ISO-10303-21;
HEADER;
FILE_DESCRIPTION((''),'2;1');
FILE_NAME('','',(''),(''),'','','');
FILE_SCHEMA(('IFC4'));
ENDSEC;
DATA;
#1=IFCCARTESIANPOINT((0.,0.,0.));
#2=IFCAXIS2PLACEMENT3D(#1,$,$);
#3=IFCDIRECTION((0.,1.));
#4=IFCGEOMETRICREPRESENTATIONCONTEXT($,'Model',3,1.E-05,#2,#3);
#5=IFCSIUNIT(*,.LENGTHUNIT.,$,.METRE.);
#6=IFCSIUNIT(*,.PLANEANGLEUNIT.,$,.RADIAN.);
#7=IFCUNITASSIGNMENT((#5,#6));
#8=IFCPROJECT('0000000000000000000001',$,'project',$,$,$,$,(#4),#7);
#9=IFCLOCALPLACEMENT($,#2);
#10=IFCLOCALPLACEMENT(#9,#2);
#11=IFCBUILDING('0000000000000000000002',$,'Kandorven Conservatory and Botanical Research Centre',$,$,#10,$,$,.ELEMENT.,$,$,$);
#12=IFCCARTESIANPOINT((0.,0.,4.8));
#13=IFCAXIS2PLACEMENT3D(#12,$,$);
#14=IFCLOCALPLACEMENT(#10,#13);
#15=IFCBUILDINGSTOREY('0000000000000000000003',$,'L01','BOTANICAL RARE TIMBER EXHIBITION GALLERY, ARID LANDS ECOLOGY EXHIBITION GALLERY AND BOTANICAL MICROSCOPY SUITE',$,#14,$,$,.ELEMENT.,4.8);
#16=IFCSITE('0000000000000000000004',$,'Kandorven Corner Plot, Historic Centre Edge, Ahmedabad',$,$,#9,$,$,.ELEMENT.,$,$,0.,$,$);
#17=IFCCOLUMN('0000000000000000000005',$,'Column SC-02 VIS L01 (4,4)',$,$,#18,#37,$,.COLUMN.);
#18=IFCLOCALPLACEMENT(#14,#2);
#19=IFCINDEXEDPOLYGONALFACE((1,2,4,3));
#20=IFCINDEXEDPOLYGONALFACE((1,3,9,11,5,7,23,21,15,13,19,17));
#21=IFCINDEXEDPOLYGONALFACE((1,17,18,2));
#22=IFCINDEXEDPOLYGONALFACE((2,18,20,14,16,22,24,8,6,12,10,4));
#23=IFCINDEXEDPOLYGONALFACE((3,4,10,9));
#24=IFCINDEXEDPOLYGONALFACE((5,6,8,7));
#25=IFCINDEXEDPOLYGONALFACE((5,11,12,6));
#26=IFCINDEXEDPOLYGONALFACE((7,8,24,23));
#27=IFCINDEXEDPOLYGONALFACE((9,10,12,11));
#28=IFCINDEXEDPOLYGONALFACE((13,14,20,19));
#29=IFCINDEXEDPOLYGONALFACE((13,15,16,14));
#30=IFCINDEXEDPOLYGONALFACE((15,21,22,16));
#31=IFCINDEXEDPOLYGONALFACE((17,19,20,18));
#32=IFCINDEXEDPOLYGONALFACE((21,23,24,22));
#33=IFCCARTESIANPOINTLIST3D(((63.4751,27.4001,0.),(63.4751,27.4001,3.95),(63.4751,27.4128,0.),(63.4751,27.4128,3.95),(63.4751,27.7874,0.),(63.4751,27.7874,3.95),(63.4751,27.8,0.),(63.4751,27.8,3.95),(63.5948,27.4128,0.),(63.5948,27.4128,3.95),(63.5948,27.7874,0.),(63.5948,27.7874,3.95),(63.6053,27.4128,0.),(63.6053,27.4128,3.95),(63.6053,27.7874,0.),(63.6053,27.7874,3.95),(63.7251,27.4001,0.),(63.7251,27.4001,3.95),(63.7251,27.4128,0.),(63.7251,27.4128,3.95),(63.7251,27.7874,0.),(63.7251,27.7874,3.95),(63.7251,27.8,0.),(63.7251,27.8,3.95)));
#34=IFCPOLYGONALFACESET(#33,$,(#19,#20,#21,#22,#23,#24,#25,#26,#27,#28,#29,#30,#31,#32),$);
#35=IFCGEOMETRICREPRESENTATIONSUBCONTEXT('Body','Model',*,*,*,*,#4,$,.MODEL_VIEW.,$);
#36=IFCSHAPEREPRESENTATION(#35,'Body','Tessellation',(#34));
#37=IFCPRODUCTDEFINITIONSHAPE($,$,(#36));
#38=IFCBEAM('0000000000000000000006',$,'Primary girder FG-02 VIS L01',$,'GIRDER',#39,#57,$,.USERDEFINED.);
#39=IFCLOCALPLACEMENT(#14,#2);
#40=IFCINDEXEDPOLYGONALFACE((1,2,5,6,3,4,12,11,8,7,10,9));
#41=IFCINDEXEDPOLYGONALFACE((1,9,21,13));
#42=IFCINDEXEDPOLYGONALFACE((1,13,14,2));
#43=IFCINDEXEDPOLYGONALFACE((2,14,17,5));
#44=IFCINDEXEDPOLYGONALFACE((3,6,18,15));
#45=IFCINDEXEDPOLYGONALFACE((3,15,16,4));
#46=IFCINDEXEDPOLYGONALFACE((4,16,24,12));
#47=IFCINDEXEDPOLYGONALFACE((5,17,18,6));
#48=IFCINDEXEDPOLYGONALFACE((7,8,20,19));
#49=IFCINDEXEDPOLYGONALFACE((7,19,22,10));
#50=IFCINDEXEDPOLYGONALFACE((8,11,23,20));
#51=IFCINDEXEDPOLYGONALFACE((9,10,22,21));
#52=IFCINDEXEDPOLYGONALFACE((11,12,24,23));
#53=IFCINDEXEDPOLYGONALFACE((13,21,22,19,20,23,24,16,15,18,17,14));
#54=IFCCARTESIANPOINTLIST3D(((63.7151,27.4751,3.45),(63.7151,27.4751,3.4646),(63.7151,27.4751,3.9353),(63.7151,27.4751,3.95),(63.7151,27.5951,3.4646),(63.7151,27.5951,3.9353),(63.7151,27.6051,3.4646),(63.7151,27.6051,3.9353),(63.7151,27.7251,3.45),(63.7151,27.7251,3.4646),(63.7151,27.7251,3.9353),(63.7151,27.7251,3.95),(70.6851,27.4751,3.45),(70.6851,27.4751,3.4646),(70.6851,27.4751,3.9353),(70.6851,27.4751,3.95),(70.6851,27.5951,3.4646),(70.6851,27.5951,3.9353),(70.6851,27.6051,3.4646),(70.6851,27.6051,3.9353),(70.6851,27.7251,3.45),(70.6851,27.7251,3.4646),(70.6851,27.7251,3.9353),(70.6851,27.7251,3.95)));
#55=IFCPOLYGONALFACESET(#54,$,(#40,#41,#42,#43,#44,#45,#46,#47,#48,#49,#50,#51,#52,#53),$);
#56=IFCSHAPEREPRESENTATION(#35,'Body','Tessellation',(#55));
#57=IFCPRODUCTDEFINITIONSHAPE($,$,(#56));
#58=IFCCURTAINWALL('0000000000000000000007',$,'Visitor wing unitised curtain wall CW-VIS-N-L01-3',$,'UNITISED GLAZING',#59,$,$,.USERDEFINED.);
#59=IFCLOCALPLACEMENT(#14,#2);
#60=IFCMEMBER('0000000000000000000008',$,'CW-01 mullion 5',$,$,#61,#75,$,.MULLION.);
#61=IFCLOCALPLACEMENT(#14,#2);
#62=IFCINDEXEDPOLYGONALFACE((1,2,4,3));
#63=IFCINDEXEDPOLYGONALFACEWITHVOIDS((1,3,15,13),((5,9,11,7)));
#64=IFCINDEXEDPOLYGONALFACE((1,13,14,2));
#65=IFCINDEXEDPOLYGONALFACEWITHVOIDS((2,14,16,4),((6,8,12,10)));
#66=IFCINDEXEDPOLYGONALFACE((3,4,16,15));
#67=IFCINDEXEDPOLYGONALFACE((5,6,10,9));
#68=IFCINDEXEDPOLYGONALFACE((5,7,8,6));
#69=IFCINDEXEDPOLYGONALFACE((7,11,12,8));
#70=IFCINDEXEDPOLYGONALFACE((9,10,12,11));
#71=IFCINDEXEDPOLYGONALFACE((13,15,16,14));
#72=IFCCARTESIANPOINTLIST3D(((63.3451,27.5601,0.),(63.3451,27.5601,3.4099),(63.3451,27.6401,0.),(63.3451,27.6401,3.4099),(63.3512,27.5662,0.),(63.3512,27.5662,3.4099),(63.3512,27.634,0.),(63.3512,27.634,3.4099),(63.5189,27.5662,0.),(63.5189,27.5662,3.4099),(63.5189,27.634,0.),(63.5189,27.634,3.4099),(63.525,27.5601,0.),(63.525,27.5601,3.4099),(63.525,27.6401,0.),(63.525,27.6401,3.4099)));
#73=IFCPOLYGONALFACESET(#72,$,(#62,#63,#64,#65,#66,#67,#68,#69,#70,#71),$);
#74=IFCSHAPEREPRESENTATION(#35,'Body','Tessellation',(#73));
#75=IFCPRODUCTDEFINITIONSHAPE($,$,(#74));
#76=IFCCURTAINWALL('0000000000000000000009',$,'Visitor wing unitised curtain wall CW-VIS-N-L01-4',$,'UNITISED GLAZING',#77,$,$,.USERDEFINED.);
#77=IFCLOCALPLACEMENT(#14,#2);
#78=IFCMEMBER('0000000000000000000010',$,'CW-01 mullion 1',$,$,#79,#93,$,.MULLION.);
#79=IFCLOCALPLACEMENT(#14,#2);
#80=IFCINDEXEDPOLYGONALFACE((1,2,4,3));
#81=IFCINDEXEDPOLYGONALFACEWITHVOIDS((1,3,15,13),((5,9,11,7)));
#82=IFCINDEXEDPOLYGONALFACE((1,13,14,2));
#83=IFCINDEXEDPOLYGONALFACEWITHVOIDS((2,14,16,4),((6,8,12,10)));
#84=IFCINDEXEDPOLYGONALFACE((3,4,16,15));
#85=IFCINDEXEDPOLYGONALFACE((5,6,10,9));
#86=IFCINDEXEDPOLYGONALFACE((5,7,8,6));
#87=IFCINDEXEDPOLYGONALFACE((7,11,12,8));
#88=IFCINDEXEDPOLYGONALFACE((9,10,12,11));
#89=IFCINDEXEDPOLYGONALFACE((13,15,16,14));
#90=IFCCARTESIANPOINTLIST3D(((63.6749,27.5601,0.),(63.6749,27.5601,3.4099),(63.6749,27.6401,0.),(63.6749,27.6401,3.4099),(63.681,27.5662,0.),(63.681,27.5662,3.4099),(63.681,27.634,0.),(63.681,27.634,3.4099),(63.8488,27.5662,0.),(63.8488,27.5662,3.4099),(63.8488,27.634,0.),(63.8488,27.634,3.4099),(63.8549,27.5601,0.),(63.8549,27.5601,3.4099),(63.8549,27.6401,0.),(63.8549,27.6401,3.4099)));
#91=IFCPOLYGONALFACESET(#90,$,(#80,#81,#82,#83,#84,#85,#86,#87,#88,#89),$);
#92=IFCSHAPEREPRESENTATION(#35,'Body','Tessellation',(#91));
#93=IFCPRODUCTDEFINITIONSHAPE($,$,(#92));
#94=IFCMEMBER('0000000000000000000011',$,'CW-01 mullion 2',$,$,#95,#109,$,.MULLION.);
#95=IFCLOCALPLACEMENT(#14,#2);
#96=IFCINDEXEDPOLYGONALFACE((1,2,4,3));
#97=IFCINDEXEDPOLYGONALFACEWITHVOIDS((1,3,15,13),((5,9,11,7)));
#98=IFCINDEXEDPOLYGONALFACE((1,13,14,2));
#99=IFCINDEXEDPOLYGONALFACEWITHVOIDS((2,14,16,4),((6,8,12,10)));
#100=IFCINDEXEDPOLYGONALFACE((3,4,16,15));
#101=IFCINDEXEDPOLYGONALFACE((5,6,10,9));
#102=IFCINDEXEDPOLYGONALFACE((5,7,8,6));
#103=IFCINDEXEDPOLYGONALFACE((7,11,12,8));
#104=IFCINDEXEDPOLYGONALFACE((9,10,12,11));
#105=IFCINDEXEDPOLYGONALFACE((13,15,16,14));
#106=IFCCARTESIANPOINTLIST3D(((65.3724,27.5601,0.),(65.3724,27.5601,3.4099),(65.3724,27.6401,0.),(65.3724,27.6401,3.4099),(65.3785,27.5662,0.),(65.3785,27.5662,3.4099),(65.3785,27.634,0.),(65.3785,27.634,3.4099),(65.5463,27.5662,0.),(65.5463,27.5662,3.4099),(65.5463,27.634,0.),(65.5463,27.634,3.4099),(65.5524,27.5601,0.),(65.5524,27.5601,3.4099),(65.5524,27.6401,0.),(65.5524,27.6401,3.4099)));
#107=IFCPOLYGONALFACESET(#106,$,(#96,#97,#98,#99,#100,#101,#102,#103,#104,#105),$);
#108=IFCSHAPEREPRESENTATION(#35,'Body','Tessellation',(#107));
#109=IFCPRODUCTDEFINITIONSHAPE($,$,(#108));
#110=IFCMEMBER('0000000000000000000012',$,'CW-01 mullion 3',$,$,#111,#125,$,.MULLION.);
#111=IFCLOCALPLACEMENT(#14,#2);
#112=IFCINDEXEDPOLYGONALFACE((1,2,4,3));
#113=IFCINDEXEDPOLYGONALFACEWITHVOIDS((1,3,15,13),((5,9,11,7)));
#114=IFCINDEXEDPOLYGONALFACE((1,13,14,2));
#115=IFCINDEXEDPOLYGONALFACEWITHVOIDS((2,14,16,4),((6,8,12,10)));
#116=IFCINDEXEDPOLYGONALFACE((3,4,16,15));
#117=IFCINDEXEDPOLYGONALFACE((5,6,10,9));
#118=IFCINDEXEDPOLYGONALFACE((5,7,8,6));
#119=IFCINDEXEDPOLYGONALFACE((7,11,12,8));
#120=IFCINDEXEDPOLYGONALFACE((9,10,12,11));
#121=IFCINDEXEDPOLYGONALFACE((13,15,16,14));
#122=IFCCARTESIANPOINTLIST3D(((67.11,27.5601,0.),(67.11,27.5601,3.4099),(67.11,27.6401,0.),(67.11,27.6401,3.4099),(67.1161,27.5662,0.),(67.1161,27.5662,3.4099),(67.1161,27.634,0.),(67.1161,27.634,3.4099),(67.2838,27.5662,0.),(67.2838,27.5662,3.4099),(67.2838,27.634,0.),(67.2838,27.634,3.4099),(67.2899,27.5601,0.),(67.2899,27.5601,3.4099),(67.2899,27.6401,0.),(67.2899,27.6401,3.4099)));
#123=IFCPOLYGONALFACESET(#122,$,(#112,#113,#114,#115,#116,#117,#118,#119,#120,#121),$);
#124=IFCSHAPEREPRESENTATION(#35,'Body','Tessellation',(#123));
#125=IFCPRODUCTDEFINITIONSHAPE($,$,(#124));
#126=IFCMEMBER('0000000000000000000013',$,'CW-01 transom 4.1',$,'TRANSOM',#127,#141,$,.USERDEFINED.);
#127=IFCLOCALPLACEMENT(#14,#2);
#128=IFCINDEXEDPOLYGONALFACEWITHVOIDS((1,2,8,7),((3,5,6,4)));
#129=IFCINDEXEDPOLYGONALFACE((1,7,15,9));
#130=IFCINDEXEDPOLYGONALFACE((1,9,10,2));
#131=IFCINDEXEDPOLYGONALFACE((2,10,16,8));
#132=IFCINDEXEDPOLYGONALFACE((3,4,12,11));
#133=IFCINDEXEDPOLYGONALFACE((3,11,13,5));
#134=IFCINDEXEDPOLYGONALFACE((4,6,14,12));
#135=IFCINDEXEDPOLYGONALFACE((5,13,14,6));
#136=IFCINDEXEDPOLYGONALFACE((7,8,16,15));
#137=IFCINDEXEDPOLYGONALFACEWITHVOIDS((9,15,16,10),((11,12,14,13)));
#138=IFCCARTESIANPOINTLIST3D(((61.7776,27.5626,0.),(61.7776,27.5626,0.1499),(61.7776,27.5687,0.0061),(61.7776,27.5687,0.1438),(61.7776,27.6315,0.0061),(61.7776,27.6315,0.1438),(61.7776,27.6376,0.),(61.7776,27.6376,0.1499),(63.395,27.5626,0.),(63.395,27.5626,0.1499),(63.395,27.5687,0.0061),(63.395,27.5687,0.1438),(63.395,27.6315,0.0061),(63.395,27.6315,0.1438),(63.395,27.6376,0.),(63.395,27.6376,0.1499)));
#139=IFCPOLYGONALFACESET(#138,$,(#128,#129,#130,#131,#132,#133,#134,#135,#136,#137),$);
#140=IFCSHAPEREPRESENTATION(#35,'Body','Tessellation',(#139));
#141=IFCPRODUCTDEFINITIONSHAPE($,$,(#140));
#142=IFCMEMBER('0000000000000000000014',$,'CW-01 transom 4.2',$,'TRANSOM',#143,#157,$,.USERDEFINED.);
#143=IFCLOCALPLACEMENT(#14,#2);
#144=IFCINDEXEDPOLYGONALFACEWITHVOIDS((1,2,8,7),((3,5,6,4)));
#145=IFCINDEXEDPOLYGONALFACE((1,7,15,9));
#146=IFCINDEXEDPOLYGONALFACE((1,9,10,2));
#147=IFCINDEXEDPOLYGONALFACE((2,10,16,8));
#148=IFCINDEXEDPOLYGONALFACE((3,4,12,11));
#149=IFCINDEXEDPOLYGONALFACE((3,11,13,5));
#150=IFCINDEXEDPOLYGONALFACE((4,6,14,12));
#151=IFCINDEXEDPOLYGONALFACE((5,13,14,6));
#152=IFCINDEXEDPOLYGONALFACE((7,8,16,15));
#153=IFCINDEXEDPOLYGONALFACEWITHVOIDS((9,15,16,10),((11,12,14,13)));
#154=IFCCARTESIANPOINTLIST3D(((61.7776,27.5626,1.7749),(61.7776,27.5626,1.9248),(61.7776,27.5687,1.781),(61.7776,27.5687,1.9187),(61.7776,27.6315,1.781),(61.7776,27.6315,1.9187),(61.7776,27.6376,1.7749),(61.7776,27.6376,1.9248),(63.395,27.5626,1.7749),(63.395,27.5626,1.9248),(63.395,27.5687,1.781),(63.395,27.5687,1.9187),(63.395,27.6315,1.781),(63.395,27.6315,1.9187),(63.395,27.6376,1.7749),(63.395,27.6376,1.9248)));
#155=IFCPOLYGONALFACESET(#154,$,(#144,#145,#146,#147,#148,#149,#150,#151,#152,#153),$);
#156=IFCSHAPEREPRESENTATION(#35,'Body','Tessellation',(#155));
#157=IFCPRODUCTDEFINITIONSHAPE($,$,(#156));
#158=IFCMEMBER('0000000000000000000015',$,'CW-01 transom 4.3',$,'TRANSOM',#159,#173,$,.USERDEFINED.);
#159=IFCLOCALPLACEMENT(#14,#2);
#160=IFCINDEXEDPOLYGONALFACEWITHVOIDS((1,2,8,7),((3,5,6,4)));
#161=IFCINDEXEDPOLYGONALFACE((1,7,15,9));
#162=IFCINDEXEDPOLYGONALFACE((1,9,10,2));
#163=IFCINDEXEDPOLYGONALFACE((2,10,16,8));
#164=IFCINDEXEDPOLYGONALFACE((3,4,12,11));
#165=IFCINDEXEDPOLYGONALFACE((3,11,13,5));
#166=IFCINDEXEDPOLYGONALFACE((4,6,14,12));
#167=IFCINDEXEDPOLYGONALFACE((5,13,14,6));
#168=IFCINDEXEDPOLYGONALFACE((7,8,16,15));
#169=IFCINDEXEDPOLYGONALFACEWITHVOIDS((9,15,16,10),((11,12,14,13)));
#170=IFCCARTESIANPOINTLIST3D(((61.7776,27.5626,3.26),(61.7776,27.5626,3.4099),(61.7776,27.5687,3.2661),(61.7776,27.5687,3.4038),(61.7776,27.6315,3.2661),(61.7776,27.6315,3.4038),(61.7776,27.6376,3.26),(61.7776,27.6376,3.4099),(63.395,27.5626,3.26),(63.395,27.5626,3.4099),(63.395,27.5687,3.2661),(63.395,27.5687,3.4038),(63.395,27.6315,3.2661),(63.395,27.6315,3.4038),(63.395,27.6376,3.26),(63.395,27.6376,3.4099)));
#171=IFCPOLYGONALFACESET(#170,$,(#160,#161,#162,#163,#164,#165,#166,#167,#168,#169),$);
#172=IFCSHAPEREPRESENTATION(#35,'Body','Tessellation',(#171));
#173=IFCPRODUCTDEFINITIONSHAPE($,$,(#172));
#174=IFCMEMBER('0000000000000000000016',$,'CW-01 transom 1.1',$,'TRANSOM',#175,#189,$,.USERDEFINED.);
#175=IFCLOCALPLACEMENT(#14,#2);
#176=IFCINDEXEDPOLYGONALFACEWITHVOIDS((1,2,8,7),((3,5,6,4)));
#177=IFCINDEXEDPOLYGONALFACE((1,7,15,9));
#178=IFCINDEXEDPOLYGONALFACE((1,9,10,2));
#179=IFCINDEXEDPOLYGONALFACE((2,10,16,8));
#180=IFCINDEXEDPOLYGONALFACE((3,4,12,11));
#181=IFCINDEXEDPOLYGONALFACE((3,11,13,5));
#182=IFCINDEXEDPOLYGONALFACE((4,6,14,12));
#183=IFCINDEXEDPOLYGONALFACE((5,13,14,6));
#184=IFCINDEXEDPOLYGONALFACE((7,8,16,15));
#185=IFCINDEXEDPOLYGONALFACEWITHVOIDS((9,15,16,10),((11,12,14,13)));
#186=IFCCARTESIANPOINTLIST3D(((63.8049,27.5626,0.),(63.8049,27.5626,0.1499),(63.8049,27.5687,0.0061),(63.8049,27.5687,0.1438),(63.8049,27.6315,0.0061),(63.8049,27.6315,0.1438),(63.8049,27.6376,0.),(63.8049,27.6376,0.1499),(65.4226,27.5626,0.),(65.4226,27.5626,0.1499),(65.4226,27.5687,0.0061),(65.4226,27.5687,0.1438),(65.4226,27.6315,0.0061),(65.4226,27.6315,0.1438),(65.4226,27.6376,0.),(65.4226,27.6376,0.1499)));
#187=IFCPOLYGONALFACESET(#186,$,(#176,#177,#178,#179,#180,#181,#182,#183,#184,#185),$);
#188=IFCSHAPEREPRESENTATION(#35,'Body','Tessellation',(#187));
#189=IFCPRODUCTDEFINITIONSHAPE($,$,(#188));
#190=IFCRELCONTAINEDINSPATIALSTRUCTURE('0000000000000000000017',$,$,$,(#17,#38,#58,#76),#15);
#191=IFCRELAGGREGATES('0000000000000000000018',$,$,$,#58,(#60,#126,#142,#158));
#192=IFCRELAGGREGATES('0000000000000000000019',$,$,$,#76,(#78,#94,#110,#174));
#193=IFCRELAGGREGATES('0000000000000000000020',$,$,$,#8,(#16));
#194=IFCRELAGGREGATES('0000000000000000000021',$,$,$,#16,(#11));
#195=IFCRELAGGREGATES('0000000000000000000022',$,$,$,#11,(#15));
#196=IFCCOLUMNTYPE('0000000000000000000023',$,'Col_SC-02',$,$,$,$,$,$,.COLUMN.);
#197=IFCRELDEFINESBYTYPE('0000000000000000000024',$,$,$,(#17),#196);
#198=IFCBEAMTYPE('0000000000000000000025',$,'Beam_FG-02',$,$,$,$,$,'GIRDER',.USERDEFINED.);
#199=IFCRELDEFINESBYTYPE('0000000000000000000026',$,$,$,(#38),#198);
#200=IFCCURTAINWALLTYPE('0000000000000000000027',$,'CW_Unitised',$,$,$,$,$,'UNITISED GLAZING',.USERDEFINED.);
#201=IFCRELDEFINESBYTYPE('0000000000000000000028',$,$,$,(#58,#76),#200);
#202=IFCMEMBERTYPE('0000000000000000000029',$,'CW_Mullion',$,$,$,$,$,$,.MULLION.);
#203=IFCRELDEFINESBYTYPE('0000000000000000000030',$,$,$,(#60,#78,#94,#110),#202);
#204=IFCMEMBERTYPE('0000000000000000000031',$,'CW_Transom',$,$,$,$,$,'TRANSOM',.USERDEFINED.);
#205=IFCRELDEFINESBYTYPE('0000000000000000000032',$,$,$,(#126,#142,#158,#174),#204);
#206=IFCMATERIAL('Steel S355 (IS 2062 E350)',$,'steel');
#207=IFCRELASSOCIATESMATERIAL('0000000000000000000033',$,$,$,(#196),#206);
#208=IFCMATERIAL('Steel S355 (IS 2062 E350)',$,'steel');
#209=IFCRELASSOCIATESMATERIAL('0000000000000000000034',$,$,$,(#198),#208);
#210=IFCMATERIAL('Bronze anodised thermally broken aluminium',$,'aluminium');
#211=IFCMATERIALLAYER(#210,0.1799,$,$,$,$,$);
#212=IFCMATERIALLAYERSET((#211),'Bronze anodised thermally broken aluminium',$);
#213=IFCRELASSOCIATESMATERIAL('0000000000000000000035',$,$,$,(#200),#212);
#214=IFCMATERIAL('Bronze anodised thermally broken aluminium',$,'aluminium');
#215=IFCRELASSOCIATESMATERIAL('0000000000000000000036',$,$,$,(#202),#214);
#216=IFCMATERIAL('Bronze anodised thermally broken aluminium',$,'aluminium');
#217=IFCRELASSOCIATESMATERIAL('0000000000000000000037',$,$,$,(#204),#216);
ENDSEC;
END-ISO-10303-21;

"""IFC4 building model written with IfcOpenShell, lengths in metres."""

from ifc_helpers import new_model, si_unit, direction, frame, origin, origin_2d, place, context, subcontext, project, spatial, hollow_rectangle, i_section, extrude, material, layer, layer_set, material_profile, profile_set, type_object, element, aggregate, save


model = new_model("IFC4")

# Units and contexts
model_context = context("Model", 3, precision=1e-05, world=origin(), true_north=direction((0.0, 1.0)))
body_context = subcontext(model_context, "Body", "Model", "MODEL_VIEW")
ifc_project = project(units=[si_unit("LENGTHUNIT", "METRE"), si_unit("PLANEANGLEUNIT", "RADIAN")], contexts=[model_context])

# Site, building, storey
site_placement = place(None, origin())
site = spatial("IfcSite", under=ifc_project, at=site_placement, Name="Kandorven Corner Plot, Historic Centre Edge, Ahmedabad", CompositionType="ELEMENT", RefElevation=0.0)
building_placement = place(site_placement, origin())
building = spatial("IfcBuilding", under=site, at=building_placement, Name="Kandorven Conservatory and Botanical Research Centre", CompositionType="ELEMENT")
storey_placement = place(building_placement, frame((0.0, 0.0, 4.8)))
storey = spatial("IfcBuildingStorey", under=building, at=storey_placement, Name="L01", Description="BOTANICAL RARE TIMBER EXHIBITION GALLERY, ARID LANDS ECOLOGY EXHIBITION GALLERY AND BOTANICAL MICROSCOPY SUITE", CompositionType="ELEMENT", Elevation=4.8)

# Column
ifc_material_1 = material(Name="Steel S355 (IS 2062 E350)", Category="steel")
ifc_material_profile_1 = material_profile(ifc_material_1, i_section(OverallWidth=0.25, OverallDepth=0.3999, WebThickness=0.0105, FlangeThickness=0.0127, at=origin_2d()))
ifc_profile_set_1 = profile_set([ifc_material_profile_1], Name="Steel S355 (IS 2062 E350)")
column_type = type_object("IfcColumnType", Name="Col_SC-02", PredefinedType="COLUMN", material=ifc_profile_set_1)
column_placement = place(storey_placement, frame((63.6001, 27.6001, 0.0), z_axis=(0.0, 0.0, 1.0), x_axis=(1.0, 0.0, 0.0)))
element("IfcColumn", 1, at=column_placement, inside=storey, type_object=column_type, Name="Column SC-02 VIS L01 (4,4)", PredefinedType="COLUMN", context=body_context, shape_type="SweptSolid", body=[
    extrude(i_section(OverallWidth=0.25, OverallDepth=0.3999, WebThickness=0.0105, FlangeThickness=0.0127, at=origin_2d()), origin(), (0.0, 0.0, 1.0), 3.95),
])

# Beam
ifc_material_2 = material(Name="Steel S355 (IS 2062 E350)", Category="steel")
ifc_material_profile_2 = material_profile(ifc_material_2, i_section(OverallWidth=0.25, OverallDepth=0.5, WebThickness=0.01, FlangeThickness=0.0146, at=origin_2d()))
ifc_profile_set_2 = profile_set([ifc_material_profile_2], Name="Steel S355 (IS 2062 E350)")
beam_type = type_object("IfcBeamType", Name="Beam_FG-02", ElementType="GIRDER", PredefinedType="USERDEFINED", material=ifc_profile_set_2)
beam_placement = place(storey_placement, frame((63.7151, 27.6001, 3.7), z_axis=(1.0, 0.0, 0.0), x_axis=(0.0, 1.0, 0.0)))
element("IfcBeam", 2, at=beam_placement, inside=storey, type_object=beam_type, Name="Primary girder FG-02 VIS L01", ObjectType="GIRDER", PredefinedType="USERDEFINED", context=body_context, shape_type="SweptSolid", body=[
    extrude(i_section(OverallWidth=0.25, OverallDepth=0.5, WebThickness=0.01, FlangeThickness=0.0146, at=origin_2d()), origin(), (0.0, 0.0, 1.0), 6.97),
])

# Curtain wall, member
ifc_material_3 = material(Name="Bronze anodised thermally broken aluminium", Category="aluminium")
ifc_layer_1 = layer(ifc_material_3, 0.1799)
ifc_layer_set_1 = layer_set([ifc_layer_1], Name="Bronze anodised thermally broken aluminium")
curtain_wall_type = type_object("IfcCurtainWallType", Name="CW_Unitised", ElementType="UNITISED GLAZING", PredefinedType="USERDEFINED", material=ifc_layer_set_1)
curtain_wall_1_placement = place(storey_placement, origin())
curtain_wall_1 = element("IfcCurtainWall", 3, at=curtain_wall_1_placement, inside=storey, type_object=curtain_wall_type, Name="Visitor wing unitised curtain wall CW-VIS-N-L01-3", ObjectType="UNITISED GLAZING", PredefinedType="USERDEFINED")
ifc_material_4 = material(Name="Bronze anodised thermally broken aluminium", Category="aluminium")
ifc_material_profile_3 = material_profile(ifc_material_4, hollow_rectangle(XDim=0.0801, YDim=0.1799, WallThickness=0.0061, at=origin_2d()))
ifc_profile_set_3 = profile_set([ifc_material_profile_3], Name="Bronze anodised thermally broken aluminium")
member_type_1 = type_object("IfcMemberType", Name="CW_Mullion", PredefinedType="MULLION", material=ifc_profile_set_3)
member_1_placement = place(storey_placement, frame((63.4351, 27.6001, 0.0), z_axis=(0.0, 0.0, 1.0), x_axis=(0.0, 1.0, 0.0)))
member_1 = element("IfcMember", 4, at=member_1_placement, type_object=member_type_1, Name="CW-01 mullion 5", PredefinedType="MULLION", context=body_context, shape_type="SweptSolid", body=[
    extrude(hollow_rectangle(XDim=0.0801, YDim=0.1799, WallThickness=0.0061, at=origin_2d()), origin(), (0.0, 0.0, 1.0), 3.4099),
])

# Curtain wall, members
curtain_wall_2_placement = place(storey_placement, origin())
curtain_wall_2 = element("IfcCurtainWall", 5, at=curtain_wall_2_placement, inside=storey, type_object=curtain_wall_type, Name="Visitor wing unitised curtain wall CW-VIS-N-L01-4", ObjectType="UNITISED GLAZING", PredefinedType="USERDEFINED")
member_2_placement = place(storey_placement, frame((63.7649, 27.6001, 0.0), z_axis=(0.0, 0.0, 1.0), x_axis=(0.0, 1.0, 0.0)))
member_2 = element("IfcMember", 6, at=member_2_placement, type_object=member_type_1, Name="CW-01 mullion 1", PredefinedType="MULLION", context=body_context, shape_type="SweptSolid", body=[
    extrude(hollow_rectangle(XDim=0.0801, YDim=0.1799, WallThickness=0.0061, at=origin_2d()), origin(), (0.0, 0.0, 1.0), 3.4099),
])
member_3_placement = place(storey_placement, frame((65.4624, 27.6001, 0.0), z_axis=(0.0, 0.0, 1.0), x_axis=(0.0, 1.0, 0.0)))
member_3 = element("IfcMember", 7, at=member_3_placement, type_object=member_type_1, Name="CW-01 mullion 2", PredefinedType="MULLION", context=body_context, shape_type="SweptSolid", body=[
    extrude(hollow_rectangle(XDim=0.0801, YDim=0.1799, WallThickness=0.0061, at=origin_2d()), origin(), (0.0, 0.0, 1.0), 3.4099),
])
member_4_placement = place(storey_placement, frame((67.2, 27.6001, 0.0), z_axis=(0.0, 0.0, 1.0), x_axis=(0.0, 1.0, 0.0)))
member_4 = element("IfcMember", 8, at=member_4_placement, type_object=member_type_1, Name="CW-01 mullion 3", PredefinedType="MULLION", context=body_context, shape_type="SweptSolid", body=[
    extrude(hollow_rectangle(XDim=0.0801, YDim=0.1799, WallThickness=0.0061, at=origin_2d()), origin(), (0.0, 0.0, 1.0), 3.4099),
])

# Members
ifc_material_5 = material(Name="Bronze anodised thermally broken aluminium", Category="aluminium")
ifc_material_profile_4 = material_profile(ifc_material_5, hollow_rectangle(XDim=0.075, YDim=0.1499, WallThickness=0.0061, at=origin_2d()))
ifc_profile_set_4 = profile_set([ifc_material_profile_4], Name="Bronze anodised thermally broken aluminium")
member_type_2 = type_object("IfcMemberType", Name="CW_Transom", ElementType="TRANSOM", PredefinedType="USERDEFINED", material=ifc_profile_set_4)
member_5_placement = place(storey_placement, frame((61.7776, 27.6001, 0.075), z_axis=(1.0, 0.0, 0.0), x_axis=(0.0, 1.0, 0.0)))
member_5 = element("IfcMember", 9, at=member_5_placement, type_object=member_type_2, Name="CW-01 transom 4.1", ObjectType="TRANSOM", PredefinedType="USERDEFINED", context=body_context, shape_type="SweptSolid", body=[
    extrude(hollow_rectangle(XDim=0.075, YDim=0.1499, WallThickness=0.0061, at=origin_2d()), origin(), (0.0, 0.0, 1.0), 1.6174),
])
member_6_placement = place(storey_placement, frame((61.7776, 27.6001, 1.8499), z_axis=(1.0, 0.0, 0.0), x_axis=(0.0, 1.0, 0.0)))
member_6 = element("IfcMember", 10, at=member_6_placement, type_object=member_type_2, Name="CW-01 transom 4.2", ObjectType="TRANSOM", PredefinedType="USERDEFINED", context=body_context, shape_type="SweptSolid", body=[
    extrude(hollow_rectangle(XDim=0.075, YDim=0.1499, WallThickness=0.0061, at=origin_2d()), origin(), (0.0, 0.0, 1.0), 1.6174),
])
member_7_placement = place(storey_placement, frame((61.7776, 27.6001, 3.335), z_axis=(1.0, 0.0, 0.0), x_axis=(0.0, 1.0, 0.0)))
member_7 = element("IfcMember", 11, at=member_7_placement, type_object=member_type_2, Name="CW-01 transom 4.3", ObjectType="TRANSOM", PredefinedType="USERDEFINED", context=body_context, shape_type="SweptSolid", body=[
    extrude(hollow_rectangle(XDim=0.075, YDim=0.1499, WallThickness=0.0061, at=origin_2d()), origin(), (0.0, 0.0, 1.0), 1.6174),
])
member_8_placement = place(storey_placement, frame((63.8049, 27.6001, 0.075), z_axis=(1.0, 0.0, 0.0), x_axis=(0.0, 1.0, 0.0)))
member_8 = element("IfcMember", 12, at=member_8_placement, type_object=member_type_2, Name="CW-01 transom 1.1", ObjectType="TRANSOM", PredefinedType="USERDEFINED", context=body_context, shape_type="SweptSolid", body=[
    extrude(hollow_rectangle(XDim=0.075, YDim=0.1499, WallThickness=0.0061, at=origin_2d()), origin(), (0.0, 0.0, 1.0), 1.6177),
])

aggregate(curtain_wall_1, [member_1, member_5, member_6, member_7])
aggregate(curtain_wall_2, [member_2, member_3, member_4, member_8])

save(model, "model.ifc")
